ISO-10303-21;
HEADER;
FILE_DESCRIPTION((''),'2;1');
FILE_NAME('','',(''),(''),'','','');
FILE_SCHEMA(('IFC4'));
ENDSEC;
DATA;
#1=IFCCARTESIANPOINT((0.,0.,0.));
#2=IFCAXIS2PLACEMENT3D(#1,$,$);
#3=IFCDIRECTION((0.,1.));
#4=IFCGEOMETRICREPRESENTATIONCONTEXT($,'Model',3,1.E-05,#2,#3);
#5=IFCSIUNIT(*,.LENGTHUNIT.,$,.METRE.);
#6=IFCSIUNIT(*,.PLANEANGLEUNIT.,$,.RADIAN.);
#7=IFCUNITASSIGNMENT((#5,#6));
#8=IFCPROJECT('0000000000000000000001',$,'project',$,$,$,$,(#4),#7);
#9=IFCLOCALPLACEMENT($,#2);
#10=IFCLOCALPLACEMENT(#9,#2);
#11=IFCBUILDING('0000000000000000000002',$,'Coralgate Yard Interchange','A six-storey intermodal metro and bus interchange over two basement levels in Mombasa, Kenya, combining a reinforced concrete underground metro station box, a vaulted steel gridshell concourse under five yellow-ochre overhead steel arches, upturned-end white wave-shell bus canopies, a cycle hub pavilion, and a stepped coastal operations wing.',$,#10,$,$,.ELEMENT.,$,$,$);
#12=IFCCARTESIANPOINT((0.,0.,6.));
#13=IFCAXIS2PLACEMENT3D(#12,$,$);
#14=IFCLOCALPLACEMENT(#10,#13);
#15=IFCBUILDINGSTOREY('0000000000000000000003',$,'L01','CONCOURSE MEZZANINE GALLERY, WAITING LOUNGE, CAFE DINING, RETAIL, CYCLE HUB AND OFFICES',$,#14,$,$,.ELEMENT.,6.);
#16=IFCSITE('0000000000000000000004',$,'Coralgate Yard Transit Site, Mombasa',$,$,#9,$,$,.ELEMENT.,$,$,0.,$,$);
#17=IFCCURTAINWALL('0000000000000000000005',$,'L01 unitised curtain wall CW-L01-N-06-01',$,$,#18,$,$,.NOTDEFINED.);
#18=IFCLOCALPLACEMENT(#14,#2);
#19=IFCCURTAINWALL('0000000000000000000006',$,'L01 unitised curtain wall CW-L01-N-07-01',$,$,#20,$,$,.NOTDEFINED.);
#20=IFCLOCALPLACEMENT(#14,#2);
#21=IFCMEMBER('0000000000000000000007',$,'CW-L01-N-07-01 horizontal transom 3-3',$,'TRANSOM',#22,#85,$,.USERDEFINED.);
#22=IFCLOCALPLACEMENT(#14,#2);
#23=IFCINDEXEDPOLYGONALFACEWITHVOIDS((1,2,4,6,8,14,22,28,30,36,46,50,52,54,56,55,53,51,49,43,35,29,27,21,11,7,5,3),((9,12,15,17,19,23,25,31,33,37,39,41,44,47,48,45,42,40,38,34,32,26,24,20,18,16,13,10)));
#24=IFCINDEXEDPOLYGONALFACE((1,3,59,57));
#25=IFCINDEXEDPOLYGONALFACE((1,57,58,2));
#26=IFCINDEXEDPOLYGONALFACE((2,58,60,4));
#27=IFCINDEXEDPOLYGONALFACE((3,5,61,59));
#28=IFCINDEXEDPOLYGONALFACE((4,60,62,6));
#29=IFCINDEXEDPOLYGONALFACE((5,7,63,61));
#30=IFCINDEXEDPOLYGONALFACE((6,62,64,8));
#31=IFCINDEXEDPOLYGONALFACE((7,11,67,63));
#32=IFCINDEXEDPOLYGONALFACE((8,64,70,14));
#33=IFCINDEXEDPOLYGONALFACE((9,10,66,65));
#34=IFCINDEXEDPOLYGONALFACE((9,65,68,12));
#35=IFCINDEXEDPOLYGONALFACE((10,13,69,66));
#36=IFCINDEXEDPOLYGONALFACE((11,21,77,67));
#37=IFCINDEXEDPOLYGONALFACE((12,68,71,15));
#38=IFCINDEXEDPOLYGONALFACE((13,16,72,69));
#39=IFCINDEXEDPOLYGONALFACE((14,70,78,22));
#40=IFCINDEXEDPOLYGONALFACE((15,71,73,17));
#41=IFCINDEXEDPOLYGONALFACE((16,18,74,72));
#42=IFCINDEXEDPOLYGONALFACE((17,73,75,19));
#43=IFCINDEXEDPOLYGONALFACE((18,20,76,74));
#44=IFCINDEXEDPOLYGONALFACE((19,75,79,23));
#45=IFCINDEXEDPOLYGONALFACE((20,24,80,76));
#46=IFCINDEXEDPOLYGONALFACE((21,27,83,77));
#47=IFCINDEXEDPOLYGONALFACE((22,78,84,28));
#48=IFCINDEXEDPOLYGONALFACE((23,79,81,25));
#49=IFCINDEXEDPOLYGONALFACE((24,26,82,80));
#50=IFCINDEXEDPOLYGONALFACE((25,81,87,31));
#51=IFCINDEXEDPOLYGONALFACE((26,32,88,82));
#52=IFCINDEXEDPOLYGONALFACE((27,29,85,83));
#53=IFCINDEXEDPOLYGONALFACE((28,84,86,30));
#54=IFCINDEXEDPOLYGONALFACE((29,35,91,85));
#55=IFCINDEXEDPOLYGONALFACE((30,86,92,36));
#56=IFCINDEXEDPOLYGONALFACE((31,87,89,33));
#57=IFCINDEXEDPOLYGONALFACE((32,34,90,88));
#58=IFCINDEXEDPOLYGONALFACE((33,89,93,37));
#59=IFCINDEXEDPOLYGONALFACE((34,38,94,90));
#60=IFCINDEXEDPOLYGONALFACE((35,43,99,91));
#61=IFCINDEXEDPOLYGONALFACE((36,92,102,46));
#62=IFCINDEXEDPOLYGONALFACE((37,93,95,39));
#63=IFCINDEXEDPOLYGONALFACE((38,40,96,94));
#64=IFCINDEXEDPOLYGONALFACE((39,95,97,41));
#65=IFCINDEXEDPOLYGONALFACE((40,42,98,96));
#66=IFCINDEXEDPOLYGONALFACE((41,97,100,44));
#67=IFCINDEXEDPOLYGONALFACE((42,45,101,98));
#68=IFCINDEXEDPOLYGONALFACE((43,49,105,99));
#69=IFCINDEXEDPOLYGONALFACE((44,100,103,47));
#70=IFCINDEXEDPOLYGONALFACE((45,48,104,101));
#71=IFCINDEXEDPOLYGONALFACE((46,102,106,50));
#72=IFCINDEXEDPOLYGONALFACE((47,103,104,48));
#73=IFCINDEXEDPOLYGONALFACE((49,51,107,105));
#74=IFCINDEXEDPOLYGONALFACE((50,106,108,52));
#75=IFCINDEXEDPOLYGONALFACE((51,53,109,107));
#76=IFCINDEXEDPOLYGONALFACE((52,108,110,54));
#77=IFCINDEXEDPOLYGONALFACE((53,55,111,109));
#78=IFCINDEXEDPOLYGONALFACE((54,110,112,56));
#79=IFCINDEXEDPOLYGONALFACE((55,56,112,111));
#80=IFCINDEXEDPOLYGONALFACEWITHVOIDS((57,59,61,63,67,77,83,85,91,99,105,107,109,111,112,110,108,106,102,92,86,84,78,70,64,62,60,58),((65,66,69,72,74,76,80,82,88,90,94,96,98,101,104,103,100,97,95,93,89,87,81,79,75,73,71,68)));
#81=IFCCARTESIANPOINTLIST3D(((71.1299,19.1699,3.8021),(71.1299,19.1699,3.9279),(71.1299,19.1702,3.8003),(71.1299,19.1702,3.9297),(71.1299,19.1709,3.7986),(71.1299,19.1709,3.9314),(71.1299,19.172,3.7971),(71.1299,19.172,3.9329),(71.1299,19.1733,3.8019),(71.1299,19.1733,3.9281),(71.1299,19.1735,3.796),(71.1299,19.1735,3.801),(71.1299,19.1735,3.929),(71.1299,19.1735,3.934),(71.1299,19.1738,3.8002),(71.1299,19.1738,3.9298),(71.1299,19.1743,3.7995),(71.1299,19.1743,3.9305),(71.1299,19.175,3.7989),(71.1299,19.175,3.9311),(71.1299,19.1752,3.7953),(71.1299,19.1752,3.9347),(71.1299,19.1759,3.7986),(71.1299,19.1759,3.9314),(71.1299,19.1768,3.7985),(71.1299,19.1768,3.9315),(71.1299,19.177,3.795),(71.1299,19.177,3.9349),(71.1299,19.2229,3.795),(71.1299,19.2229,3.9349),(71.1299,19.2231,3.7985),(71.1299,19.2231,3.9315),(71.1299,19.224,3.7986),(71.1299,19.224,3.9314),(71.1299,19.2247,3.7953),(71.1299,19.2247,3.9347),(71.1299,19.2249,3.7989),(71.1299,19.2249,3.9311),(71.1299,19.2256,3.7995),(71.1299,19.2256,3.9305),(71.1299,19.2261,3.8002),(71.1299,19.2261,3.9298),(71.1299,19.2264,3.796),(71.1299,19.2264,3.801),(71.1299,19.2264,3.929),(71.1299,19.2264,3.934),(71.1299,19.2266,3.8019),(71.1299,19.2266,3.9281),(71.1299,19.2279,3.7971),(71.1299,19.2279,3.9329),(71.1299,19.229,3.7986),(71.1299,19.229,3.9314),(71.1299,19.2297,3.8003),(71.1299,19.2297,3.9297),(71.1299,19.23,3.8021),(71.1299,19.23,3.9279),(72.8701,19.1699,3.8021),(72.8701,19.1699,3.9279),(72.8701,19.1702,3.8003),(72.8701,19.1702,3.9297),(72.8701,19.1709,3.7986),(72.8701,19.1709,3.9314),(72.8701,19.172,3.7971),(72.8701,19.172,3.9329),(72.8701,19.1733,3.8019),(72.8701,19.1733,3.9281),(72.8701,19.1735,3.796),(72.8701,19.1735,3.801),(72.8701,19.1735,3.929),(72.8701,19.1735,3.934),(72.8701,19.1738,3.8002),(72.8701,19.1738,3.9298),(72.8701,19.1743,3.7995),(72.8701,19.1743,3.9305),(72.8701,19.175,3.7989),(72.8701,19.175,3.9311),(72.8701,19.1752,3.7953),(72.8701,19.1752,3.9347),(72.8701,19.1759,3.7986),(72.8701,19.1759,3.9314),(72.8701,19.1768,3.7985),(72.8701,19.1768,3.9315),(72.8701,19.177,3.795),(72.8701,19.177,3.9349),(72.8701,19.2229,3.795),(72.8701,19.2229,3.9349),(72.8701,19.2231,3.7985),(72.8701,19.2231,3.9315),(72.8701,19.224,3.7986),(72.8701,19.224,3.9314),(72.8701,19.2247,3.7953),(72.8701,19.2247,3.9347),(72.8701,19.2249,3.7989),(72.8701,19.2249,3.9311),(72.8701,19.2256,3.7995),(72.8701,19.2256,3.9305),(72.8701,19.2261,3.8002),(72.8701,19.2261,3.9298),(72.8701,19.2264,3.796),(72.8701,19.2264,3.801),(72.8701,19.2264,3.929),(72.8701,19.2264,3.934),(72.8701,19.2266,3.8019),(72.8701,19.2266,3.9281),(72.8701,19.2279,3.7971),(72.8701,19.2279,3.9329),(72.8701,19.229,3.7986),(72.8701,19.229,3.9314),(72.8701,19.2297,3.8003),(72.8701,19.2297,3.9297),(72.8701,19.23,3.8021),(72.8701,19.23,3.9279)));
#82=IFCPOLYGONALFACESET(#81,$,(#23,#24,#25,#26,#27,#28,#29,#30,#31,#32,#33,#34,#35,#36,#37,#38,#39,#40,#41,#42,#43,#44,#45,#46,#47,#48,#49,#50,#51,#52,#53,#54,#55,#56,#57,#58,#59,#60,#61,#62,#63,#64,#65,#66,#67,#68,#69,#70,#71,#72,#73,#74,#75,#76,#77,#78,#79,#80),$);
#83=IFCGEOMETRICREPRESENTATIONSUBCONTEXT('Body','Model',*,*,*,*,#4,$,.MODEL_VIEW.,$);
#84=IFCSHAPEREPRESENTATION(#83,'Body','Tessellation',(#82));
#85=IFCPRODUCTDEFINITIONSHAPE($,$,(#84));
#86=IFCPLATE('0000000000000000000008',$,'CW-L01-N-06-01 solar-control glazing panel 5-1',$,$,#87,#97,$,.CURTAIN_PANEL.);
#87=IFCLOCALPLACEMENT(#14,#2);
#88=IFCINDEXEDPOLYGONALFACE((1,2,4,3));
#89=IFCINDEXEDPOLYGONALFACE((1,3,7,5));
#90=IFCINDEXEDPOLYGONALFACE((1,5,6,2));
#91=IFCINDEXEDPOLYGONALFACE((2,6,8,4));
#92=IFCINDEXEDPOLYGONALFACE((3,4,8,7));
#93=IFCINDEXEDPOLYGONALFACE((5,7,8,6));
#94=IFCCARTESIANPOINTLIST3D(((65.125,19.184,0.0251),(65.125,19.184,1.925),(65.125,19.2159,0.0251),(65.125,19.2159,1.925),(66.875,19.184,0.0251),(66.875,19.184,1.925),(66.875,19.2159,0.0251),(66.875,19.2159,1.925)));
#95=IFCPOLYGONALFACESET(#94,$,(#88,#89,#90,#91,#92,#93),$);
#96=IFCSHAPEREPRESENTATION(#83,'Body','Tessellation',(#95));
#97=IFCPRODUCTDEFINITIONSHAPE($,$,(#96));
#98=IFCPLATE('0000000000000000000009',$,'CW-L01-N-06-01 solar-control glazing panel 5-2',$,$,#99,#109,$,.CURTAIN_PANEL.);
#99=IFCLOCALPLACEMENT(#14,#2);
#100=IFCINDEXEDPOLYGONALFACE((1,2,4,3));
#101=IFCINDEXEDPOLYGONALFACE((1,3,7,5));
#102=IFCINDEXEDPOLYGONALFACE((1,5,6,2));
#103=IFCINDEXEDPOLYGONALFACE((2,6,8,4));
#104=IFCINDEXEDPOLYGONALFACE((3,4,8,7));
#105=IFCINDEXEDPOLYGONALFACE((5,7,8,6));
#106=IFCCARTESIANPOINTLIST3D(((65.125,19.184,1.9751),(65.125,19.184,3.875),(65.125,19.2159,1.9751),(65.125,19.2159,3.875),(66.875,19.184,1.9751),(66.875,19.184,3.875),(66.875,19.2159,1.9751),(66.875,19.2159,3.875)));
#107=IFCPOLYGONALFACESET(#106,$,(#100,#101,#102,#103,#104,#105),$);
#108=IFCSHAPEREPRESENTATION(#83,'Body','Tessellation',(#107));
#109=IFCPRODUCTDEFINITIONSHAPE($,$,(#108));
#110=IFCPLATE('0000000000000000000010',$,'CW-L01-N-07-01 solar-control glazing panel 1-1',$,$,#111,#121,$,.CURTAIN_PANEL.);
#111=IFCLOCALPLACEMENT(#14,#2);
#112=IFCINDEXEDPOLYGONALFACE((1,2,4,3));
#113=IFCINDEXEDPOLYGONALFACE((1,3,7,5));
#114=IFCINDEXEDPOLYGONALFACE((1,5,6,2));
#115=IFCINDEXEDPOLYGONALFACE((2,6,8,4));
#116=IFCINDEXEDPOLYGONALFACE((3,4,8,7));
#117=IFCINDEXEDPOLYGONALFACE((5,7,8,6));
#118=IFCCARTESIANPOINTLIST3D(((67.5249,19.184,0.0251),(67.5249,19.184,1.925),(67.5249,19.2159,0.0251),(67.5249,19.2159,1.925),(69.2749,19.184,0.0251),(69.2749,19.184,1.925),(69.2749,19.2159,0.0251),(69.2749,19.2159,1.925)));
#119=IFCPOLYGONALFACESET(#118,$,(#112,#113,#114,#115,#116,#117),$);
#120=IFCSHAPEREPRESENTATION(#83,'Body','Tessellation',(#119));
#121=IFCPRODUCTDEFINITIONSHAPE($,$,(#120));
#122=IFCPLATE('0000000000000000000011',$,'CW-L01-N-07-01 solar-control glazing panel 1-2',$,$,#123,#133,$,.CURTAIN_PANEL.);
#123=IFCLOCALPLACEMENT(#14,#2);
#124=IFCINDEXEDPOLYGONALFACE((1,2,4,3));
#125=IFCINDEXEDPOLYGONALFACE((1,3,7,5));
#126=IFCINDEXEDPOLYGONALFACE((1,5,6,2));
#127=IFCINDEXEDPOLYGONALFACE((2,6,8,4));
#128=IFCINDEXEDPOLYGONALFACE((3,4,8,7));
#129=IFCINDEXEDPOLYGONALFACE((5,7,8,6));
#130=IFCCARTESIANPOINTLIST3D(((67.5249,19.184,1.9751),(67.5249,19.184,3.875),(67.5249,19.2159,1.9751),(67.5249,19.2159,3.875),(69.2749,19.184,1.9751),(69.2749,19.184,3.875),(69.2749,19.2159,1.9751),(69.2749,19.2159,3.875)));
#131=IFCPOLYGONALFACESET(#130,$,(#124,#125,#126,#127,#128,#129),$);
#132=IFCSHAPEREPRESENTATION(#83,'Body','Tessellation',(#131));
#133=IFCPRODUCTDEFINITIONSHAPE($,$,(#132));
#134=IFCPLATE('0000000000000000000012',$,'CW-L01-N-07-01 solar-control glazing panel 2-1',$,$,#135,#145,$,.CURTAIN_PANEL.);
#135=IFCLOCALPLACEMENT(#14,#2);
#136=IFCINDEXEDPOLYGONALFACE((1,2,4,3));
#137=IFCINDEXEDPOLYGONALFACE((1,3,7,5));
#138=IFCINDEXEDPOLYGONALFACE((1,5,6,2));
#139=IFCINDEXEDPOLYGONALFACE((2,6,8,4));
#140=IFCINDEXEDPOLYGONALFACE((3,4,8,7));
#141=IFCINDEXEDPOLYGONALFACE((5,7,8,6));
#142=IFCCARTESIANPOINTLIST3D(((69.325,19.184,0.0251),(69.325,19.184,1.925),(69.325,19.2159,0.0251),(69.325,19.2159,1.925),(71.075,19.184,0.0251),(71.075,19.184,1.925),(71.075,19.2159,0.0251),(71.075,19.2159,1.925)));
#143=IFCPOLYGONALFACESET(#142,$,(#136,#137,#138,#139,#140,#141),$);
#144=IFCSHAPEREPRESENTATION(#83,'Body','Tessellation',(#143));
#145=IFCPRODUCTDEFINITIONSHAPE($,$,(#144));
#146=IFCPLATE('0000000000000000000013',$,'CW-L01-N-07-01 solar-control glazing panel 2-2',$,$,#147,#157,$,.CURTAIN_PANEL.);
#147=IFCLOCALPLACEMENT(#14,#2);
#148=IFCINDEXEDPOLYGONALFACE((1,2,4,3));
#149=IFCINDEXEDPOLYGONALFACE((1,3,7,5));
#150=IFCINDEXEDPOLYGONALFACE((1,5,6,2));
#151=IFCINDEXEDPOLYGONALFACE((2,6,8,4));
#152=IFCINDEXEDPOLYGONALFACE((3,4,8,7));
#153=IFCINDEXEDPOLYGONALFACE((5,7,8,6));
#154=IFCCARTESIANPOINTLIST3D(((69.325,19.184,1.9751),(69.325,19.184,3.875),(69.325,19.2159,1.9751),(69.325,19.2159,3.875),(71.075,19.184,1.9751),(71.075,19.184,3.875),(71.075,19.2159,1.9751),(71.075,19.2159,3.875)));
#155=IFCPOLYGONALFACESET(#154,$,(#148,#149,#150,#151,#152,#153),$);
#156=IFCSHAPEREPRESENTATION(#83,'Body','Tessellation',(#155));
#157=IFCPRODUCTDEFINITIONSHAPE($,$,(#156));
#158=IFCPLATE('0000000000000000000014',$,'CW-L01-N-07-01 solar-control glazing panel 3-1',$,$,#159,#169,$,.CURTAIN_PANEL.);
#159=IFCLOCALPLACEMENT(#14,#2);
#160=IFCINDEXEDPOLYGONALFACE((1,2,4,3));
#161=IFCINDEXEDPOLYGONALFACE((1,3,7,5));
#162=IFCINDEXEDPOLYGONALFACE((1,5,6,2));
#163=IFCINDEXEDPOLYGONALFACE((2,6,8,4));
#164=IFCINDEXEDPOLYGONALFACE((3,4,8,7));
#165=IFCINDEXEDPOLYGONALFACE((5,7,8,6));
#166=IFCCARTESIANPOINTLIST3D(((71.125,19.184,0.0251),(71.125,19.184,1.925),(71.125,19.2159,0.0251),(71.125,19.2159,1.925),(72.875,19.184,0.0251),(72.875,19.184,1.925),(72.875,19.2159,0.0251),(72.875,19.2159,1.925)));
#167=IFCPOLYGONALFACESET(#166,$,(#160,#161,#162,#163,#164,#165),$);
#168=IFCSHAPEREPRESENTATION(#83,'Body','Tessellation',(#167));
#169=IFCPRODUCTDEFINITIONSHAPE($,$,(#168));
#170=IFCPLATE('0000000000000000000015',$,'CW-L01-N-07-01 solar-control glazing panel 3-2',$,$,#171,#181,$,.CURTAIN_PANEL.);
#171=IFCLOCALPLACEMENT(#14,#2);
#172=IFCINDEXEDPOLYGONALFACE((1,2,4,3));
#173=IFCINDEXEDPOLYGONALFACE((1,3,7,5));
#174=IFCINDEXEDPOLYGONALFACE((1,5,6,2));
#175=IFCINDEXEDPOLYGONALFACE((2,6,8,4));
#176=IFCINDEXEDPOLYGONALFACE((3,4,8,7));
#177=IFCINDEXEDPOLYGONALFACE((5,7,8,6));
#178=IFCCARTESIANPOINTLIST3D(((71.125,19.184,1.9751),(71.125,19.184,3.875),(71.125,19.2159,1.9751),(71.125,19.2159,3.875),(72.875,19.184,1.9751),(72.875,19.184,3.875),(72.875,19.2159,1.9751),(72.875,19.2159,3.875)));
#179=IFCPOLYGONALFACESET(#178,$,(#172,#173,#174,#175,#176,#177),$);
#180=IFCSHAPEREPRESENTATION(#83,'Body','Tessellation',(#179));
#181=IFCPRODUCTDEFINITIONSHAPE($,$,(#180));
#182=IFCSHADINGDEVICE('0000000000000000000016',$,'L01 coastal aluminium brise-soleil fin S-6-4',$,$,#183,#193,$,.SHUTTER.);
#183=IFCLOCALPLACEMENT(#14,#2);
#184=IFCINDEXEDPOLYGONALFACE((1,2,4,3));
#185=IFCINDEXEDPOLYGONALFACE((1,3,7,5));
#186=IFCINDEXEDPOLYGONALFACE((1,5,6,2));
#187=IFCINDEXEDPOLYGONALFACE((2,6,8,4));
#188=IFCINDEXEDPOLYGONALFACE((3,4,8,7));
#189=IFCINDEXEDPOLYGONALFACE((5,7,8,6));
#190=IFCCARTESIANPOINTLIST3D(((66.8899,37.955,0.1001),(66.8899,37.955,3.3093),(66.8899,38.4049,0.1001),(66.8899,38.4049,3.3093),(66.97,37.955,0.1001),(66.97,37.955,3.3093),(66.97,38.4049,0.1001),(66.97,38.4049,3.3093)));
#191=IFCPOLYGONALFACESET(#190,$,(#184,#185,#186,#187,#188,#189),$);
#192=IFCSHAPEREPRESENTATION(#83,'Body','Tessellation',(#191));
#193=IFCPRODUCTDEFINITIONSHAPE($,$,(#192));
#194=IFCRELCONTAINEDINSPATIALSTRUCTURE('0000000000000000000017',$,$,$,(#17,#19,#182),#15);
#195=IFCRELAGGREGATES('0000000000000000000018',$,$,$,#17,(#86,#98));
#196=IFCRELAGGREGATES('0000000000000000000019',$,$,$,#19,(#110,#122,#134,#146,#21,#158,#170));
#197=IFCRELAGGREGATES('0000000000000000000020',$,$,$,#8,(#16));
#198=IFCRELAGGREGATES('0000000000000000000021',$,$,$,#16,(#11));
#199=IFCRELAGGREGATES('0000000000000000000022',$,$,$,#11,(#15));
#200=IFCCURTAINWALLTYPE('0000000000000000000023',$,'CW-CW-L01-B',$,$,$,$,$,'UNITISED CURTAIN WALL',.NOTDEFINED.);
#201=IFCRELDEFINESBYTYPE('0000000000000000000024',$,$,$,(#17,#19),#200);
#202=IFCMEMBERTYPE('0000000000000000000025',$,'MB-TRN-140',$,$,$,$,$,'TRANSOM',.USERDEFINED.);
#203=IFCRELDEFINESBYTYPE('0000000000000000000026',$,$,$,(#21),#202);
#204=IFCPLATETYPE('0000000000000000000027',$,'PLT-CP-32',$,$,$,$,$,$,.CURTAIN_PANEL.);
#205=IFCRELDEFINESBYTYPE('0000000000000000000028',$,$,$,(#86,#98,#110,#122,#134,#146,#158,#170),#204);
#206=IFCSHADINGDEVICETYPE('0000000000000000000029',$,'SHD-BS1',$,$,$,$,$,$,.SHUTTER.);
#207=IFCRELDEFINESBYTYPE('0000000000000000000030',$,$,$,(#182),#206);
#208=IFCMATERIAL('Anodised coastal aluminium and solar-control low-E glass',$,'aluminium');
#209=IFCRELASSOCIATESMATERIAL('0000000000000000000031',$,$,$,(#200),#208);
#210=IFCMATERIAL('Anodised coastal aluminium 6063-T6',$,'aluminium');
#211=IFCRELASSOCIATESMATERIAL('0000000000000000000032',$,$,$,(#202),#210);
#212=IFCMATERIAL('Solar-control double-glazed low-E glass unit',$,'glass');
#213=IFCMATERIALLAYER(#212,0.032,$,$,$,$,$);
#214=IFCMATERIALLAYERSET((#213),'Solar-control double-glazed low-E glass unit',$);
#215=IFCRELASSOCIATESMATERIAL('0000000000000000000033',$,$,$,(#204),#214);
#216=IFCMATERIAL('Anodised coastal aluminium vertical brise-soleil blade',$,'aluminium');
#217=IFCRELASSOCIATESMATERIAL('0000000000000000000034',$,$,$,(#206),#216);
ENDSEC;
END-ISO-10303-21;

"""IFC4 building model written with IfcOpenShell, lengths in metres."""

from ifc_helpers import new_model, si_unit, direction, frame, origin, origin_2d, place, context, subcontext, project, spatial, rectangle, hollow_rectangle, extrude, material, layer, layer_set, material_profile, profile_set, type_object, element, aggregate, save


model = new_model("IFC4")

# Units and contexts
model_context = context("Model", 3, precision=1e-05, world=origin(), true_north=direction((0.0, 1.0)))
body_context = subcontext(model_context, "Body", "Model", "MODEL_VIEW")
ifc_project = project(units=[si_unit("LENGTHUNIT", "METRE"), si_unit("PLANEANGLEUNIT", "RADIAN")], contexts=[model_context])

# Site, building, storey
site_placement = place(None, origin())
site = spatial("IfcSite", under=ifc_project, at=site_placement, Name="Coralgate Yard Transit Site, Mombasa", CompositionType="ELEMENT", RefElevation=0.0)
building_placement = place(site_placement, origin())
building = spatial("IfcBuilding", under=site, at=building_placement, Name="Coralgate Yard Interchange", Description="A six-storey intermodal metro and bus interchange over two basement levels in Mombasa, Kenya, combining a reinforced concrete underground metro station box, a vaulted steel gridshell concourse under five yellow-ochre overhead steel arches, upturned-end white wave-shell bus canopies, a cycle hub pavilion, and a stepped coastal operations wing.", CompositionType="ELEMENT")
storey_placement = place(building_placement, frame((0.0, 0.0, 6.0)))
storey = spatial("IfcBuildingStorey", under=building, at=storey_placement, Name="L01", Description="CONCOURSE MEZZANINE GALLERY, WAITING LOUNGE, CAFE DINING, RETAIL, CYCLE HUB AND OFFICES", CompositionType="ELEMENT", Elevation=6.0)

# Curtain wall
ifc_material_1 = material(Name="Anodised coastal aluminium and solar-control low-E glass", Category="aluminium")
curtain_wall_type = type_object("IfcCurtainWallType", Name="CW-CW-L01-B", ElementType="UNITISED CURTAIN WALL", PredefinedType="NOTDEFINED", material=ifc_material_1)
curtain_wall_1_placement = place(storey_placement, origin())
curtain_wall_1 = element("IfcCurtainWall", 1, at=curtain_wall_1_placement, inside=storey, type_object=curtain_wall_type, Name="L01 unitised curtain wall CW-L01-N-06-01", PredefinedType="NOTDEFINED")
ifc_material_2 = material(Name="Anodised coastal aluminium 6063-T6", Category="aluminium")

# Curtain wall
curtain_wall_2_placement = place(storey_placement, origin())
curtain_wall_2 = element("IfcCurtainWall", 2, at=curtain_wall_2_placement, inside=storey, type_object=curtain_wall_type, Name="L01 unitised curtain wall CW-L01-N-07-01", PredefinedType="NOTDEFINED")

# Member
ifc_material_profile_1 = material_profile(ifc_material_2, hollow_rectangle(XDim=0.0601, YDim=0.1399, WallThickness=0.0034, InnerFilletRadius=0.0034, OuterFilletRadius=0.0071, at=origin_2d()), Name="ALU 60x140x3.5")
ifc_profile_set_1 = profile_set([ifc_material_profile_1], Name="Anodised coastal aluminium 6063-T6")
member_type_1 = type_object("IfcMemberType", Name="MB-TRN-140", ElementType="TRANSOM", PredefinedType="USERDEFINED", material=ifc_profile_set_1)
member_1_placement = place(storey_placement, frame((71.1299, 19.2, 3.865), z_axis=(1.0, 0.0, 0.0), x_axis=(0.0, 1.0, 0.0)))
member_1 = element("IfcMember", 3, at=member_1_placement, type_object=member_type_1, Name="CW-L01-N-07-01 horizontal transom 3-3", ObjectType="TRANSOM", PredefinedType="USERDEFINED", context=body_context, shape_type="SweptSolid", body=[
    extrude(hollow_rectangle(XDim=0.0601, YDim=0.1399, WallThickness=0.0034, InnerFilletRadius=0.0034, OuterFilletRadius=0.0071, at=origin_2d()), origin(), (0.0, 0.0, 1.0), 1.7402),
])

# Plates
ifc_material_3 = material(Name="Solar-control double-glazed low-E glass unit", Category="glass")
ifc_layer = layer(ifc_material_3, 0.032)
ifc_layer_set = layer_set([ifc_layer], Name="Solar-control double-glazed low-E glass unit")
plate_type = type_object("IfcPlateType", Name="PLT-CP-32", PredefinedType="CURTAIN_PANEL", material=ifc_layer_set)
plate_1_placement = place(storey_placement, frame((66.0, 19.2, 0.0251), z_axis=(0.0, 0.0, 1.0), x_axis=(1.0, 0.0, 0.0)))
plate_1 = element("IfcPlate", 4, at=plate_1_placement, type_object=plate_type, Name="CW-L01-N-06-01 solar-control glazing panel 5-1", PredefinedType="CURTAIN_PANEL", context=body_context, shape_type="SweptSolid", body=[
    extrude(rectangle(XDim=1.75, YDim=0.032, at=origin_2d()), origin(), (0.0, 0.0, 1.0), 1.8999),
])
plate_2_placement = place(storey_placement, frame((66.0, 19.2, 1.9751), z_axis=(0.0, 0.0, 1.0), x_axis=(1.0, 0.0, 0.0)))
plate_2 = element("IfcPlate", 5, at=plate_2_placement, type_object=plate_type, Name="CW-L01-N-06-01 solar-control glazing panel 5-2", PredefinedType="CURTAIN_PANEL", context=body_context, shape_type="SweptSolid", body=[
    extrude(rectangle(XDim=1.75, YDim=0.032, at=origin_2d()), origin(), (0.0, 0.0, 1.0), 1.8999),
])
aggregate(curtain_wall_1, [plate_1, plate_2])
plate_3_placement = place(storey_placement, frame((68.3999, 19.2, 0.0251), z_axis=(0.0, 0.0, 1.0), x_axis=(1.0, 0.0, 0.0)))
plate_3 = element("IfcPlate", 6, at=plate_3_placement, type_object=plate_type, Name="CW-L01-N-07-01 solar-control glazing panel 1-1", PredefinedType="CURTAIN_PANEL", context=body_context, shape_type="SweptSolid", body=[
    extrude(rectangle(XDim=1.75, YDim=0.032, at=origin_2d()), origin(), (0.0, 0.0, 1.0), 1.8999),
])
plate_4_placement = place(storey_placement, frame((68.3999, 19.2, 1.9751), z_axis=(0.0, 0.0, 1.0), x_axis=(1.0, 0.0, 0.0)))
plate_4 = element("IfcPlate", 7, at=plate_4_placement, type_object=plate_type, Name="CW-L01-N-07-01 solar-control glazing panel 1-2", PredefinedType="CURTAIN_PANEL", context=body_context, shape_type="SweptSolid", body=[
    extrude(rectangle(XDim=1.75, YDim=0.032, at=origin_2d()), origin(), (0.0, 0.0, 1.0), 1.8999),
])
plate_5_placement = place(storey_placement, frame((70.2, 19.2, 0.0251), z_axis=(0.0, 0.0, 1.0), x_axis=(1.0, 0.0, 0.0)))
plate_5 = element("IfcPlate", 8, at=plate_5_placement, type_object=plate_type, Name="CW-L01-N-07-01 solar-control glazing panel 2-1", PredefinedType="CURTAIN_PANEL", context=body_context, shape_type="SweptSolid", body=[
    extrude(rectangle(XDim=1.75, YDim=0.032, at=origin_2d()), origin(), (0.0, 0.0, 1.0), 1.8999),
])
plate_6_placement = place(storey_placement, frame((70.2, 19.2, 1.9751), z_axis=(0.0, 0.0, 1.0), x_axis=(1.0, 0.0, 0.0)))
plate_6 = element("IfcPlate", 9, at=plate_6_placement, type_object=plate_type, Name="CW-L01-N-07-01 solar-control glazing panel 2-2", PredefinedType="CURTAIN_PANEL", context=body_context, shape_type="SweptSolid", body=[
    extrude(rectangle(XDim=1.75, YDim=0.032, at=origin_2d()), origin(), (0.0, 0.0, 1.0), 1.8999),
])
plate_7_placement = place(storey_placement, frame((72.0, 19.2, 0.0251), z_axis=(0.0, 0.0, 1.0), x_axis=(1.0, 0.0, 0.0)))
plate_7 = element("IfcPlate", 10, at=plate_7_placement, type_object=plate_type, Name="CW-L01-N-07-01 solar-control glazing panel 3-1", PredefinedType="CURTAIN_PANEL", context=body_context, shape_type="SweptSolid", body=[
    extrude(rectangle(XDim=1.75, YDim=0.032, at=origin_2d()), origin(), (0.0, 0.0, 1.0), 1.8999),
])
plate_8_placement = place(storey_placement, frame((72.0, 19.2, 1.9751), z_axis=(0.0, 0.0, 1.0), x_axis=(1.0, 0.0, 0.0)))
plate_8 = element("IfcPlate", 11, at=plate_8_placement, type_object=plate_type, Name="CW-L01-N-07-01 solar-control glazing panel 3-2", PredefinedType="CURTAIN_PANEL", context=body_context, shape_type="SweptSolid", body=[
    extrude(rectangle(XDim=1.75, YDim=0.032, at=origin_2d()), origin(), (0.0, 0.0, 1.0), 1.8999),
])
aggregate(curtain_wall_2, [plate_3, plate_4, plate_5, plate_6, member_1, plate_7, plate_8])

# Shading device
ifc_material_4 = material(Name="Anodised coastal aluminium vertical brise-soleil blade", Category="aluminium")
shading_device_type = type_object("IfcShadingDeviceType", Name="SHD-BS1", PredefinedType="SHUTTER", material=ifc_material_4)
shading_device_placement = place(storey_placement, frame((66.9299, 38.1799, 0.1001), z_axis=(0.0, 0.0, 1.0), x_axis=(-1.0, 0.0, 0.0)))
element("IfcShadingDevice", 12, at=shading_device_placement, inside=storey, type_object=shading_device_type, Name="L01 coastal aluminium brise-soleil fin S-6-4", PredefinedType="SHUTTER", context=body_context, shape_type="SweptSolid", body=[
    extrude(rectangle(XDim=0.0801, YDim=0.45, at=origin_2d()), origin(), (0.0, 0.0, 1.0), 3.2092),
])

save(model, "model.ifc")
